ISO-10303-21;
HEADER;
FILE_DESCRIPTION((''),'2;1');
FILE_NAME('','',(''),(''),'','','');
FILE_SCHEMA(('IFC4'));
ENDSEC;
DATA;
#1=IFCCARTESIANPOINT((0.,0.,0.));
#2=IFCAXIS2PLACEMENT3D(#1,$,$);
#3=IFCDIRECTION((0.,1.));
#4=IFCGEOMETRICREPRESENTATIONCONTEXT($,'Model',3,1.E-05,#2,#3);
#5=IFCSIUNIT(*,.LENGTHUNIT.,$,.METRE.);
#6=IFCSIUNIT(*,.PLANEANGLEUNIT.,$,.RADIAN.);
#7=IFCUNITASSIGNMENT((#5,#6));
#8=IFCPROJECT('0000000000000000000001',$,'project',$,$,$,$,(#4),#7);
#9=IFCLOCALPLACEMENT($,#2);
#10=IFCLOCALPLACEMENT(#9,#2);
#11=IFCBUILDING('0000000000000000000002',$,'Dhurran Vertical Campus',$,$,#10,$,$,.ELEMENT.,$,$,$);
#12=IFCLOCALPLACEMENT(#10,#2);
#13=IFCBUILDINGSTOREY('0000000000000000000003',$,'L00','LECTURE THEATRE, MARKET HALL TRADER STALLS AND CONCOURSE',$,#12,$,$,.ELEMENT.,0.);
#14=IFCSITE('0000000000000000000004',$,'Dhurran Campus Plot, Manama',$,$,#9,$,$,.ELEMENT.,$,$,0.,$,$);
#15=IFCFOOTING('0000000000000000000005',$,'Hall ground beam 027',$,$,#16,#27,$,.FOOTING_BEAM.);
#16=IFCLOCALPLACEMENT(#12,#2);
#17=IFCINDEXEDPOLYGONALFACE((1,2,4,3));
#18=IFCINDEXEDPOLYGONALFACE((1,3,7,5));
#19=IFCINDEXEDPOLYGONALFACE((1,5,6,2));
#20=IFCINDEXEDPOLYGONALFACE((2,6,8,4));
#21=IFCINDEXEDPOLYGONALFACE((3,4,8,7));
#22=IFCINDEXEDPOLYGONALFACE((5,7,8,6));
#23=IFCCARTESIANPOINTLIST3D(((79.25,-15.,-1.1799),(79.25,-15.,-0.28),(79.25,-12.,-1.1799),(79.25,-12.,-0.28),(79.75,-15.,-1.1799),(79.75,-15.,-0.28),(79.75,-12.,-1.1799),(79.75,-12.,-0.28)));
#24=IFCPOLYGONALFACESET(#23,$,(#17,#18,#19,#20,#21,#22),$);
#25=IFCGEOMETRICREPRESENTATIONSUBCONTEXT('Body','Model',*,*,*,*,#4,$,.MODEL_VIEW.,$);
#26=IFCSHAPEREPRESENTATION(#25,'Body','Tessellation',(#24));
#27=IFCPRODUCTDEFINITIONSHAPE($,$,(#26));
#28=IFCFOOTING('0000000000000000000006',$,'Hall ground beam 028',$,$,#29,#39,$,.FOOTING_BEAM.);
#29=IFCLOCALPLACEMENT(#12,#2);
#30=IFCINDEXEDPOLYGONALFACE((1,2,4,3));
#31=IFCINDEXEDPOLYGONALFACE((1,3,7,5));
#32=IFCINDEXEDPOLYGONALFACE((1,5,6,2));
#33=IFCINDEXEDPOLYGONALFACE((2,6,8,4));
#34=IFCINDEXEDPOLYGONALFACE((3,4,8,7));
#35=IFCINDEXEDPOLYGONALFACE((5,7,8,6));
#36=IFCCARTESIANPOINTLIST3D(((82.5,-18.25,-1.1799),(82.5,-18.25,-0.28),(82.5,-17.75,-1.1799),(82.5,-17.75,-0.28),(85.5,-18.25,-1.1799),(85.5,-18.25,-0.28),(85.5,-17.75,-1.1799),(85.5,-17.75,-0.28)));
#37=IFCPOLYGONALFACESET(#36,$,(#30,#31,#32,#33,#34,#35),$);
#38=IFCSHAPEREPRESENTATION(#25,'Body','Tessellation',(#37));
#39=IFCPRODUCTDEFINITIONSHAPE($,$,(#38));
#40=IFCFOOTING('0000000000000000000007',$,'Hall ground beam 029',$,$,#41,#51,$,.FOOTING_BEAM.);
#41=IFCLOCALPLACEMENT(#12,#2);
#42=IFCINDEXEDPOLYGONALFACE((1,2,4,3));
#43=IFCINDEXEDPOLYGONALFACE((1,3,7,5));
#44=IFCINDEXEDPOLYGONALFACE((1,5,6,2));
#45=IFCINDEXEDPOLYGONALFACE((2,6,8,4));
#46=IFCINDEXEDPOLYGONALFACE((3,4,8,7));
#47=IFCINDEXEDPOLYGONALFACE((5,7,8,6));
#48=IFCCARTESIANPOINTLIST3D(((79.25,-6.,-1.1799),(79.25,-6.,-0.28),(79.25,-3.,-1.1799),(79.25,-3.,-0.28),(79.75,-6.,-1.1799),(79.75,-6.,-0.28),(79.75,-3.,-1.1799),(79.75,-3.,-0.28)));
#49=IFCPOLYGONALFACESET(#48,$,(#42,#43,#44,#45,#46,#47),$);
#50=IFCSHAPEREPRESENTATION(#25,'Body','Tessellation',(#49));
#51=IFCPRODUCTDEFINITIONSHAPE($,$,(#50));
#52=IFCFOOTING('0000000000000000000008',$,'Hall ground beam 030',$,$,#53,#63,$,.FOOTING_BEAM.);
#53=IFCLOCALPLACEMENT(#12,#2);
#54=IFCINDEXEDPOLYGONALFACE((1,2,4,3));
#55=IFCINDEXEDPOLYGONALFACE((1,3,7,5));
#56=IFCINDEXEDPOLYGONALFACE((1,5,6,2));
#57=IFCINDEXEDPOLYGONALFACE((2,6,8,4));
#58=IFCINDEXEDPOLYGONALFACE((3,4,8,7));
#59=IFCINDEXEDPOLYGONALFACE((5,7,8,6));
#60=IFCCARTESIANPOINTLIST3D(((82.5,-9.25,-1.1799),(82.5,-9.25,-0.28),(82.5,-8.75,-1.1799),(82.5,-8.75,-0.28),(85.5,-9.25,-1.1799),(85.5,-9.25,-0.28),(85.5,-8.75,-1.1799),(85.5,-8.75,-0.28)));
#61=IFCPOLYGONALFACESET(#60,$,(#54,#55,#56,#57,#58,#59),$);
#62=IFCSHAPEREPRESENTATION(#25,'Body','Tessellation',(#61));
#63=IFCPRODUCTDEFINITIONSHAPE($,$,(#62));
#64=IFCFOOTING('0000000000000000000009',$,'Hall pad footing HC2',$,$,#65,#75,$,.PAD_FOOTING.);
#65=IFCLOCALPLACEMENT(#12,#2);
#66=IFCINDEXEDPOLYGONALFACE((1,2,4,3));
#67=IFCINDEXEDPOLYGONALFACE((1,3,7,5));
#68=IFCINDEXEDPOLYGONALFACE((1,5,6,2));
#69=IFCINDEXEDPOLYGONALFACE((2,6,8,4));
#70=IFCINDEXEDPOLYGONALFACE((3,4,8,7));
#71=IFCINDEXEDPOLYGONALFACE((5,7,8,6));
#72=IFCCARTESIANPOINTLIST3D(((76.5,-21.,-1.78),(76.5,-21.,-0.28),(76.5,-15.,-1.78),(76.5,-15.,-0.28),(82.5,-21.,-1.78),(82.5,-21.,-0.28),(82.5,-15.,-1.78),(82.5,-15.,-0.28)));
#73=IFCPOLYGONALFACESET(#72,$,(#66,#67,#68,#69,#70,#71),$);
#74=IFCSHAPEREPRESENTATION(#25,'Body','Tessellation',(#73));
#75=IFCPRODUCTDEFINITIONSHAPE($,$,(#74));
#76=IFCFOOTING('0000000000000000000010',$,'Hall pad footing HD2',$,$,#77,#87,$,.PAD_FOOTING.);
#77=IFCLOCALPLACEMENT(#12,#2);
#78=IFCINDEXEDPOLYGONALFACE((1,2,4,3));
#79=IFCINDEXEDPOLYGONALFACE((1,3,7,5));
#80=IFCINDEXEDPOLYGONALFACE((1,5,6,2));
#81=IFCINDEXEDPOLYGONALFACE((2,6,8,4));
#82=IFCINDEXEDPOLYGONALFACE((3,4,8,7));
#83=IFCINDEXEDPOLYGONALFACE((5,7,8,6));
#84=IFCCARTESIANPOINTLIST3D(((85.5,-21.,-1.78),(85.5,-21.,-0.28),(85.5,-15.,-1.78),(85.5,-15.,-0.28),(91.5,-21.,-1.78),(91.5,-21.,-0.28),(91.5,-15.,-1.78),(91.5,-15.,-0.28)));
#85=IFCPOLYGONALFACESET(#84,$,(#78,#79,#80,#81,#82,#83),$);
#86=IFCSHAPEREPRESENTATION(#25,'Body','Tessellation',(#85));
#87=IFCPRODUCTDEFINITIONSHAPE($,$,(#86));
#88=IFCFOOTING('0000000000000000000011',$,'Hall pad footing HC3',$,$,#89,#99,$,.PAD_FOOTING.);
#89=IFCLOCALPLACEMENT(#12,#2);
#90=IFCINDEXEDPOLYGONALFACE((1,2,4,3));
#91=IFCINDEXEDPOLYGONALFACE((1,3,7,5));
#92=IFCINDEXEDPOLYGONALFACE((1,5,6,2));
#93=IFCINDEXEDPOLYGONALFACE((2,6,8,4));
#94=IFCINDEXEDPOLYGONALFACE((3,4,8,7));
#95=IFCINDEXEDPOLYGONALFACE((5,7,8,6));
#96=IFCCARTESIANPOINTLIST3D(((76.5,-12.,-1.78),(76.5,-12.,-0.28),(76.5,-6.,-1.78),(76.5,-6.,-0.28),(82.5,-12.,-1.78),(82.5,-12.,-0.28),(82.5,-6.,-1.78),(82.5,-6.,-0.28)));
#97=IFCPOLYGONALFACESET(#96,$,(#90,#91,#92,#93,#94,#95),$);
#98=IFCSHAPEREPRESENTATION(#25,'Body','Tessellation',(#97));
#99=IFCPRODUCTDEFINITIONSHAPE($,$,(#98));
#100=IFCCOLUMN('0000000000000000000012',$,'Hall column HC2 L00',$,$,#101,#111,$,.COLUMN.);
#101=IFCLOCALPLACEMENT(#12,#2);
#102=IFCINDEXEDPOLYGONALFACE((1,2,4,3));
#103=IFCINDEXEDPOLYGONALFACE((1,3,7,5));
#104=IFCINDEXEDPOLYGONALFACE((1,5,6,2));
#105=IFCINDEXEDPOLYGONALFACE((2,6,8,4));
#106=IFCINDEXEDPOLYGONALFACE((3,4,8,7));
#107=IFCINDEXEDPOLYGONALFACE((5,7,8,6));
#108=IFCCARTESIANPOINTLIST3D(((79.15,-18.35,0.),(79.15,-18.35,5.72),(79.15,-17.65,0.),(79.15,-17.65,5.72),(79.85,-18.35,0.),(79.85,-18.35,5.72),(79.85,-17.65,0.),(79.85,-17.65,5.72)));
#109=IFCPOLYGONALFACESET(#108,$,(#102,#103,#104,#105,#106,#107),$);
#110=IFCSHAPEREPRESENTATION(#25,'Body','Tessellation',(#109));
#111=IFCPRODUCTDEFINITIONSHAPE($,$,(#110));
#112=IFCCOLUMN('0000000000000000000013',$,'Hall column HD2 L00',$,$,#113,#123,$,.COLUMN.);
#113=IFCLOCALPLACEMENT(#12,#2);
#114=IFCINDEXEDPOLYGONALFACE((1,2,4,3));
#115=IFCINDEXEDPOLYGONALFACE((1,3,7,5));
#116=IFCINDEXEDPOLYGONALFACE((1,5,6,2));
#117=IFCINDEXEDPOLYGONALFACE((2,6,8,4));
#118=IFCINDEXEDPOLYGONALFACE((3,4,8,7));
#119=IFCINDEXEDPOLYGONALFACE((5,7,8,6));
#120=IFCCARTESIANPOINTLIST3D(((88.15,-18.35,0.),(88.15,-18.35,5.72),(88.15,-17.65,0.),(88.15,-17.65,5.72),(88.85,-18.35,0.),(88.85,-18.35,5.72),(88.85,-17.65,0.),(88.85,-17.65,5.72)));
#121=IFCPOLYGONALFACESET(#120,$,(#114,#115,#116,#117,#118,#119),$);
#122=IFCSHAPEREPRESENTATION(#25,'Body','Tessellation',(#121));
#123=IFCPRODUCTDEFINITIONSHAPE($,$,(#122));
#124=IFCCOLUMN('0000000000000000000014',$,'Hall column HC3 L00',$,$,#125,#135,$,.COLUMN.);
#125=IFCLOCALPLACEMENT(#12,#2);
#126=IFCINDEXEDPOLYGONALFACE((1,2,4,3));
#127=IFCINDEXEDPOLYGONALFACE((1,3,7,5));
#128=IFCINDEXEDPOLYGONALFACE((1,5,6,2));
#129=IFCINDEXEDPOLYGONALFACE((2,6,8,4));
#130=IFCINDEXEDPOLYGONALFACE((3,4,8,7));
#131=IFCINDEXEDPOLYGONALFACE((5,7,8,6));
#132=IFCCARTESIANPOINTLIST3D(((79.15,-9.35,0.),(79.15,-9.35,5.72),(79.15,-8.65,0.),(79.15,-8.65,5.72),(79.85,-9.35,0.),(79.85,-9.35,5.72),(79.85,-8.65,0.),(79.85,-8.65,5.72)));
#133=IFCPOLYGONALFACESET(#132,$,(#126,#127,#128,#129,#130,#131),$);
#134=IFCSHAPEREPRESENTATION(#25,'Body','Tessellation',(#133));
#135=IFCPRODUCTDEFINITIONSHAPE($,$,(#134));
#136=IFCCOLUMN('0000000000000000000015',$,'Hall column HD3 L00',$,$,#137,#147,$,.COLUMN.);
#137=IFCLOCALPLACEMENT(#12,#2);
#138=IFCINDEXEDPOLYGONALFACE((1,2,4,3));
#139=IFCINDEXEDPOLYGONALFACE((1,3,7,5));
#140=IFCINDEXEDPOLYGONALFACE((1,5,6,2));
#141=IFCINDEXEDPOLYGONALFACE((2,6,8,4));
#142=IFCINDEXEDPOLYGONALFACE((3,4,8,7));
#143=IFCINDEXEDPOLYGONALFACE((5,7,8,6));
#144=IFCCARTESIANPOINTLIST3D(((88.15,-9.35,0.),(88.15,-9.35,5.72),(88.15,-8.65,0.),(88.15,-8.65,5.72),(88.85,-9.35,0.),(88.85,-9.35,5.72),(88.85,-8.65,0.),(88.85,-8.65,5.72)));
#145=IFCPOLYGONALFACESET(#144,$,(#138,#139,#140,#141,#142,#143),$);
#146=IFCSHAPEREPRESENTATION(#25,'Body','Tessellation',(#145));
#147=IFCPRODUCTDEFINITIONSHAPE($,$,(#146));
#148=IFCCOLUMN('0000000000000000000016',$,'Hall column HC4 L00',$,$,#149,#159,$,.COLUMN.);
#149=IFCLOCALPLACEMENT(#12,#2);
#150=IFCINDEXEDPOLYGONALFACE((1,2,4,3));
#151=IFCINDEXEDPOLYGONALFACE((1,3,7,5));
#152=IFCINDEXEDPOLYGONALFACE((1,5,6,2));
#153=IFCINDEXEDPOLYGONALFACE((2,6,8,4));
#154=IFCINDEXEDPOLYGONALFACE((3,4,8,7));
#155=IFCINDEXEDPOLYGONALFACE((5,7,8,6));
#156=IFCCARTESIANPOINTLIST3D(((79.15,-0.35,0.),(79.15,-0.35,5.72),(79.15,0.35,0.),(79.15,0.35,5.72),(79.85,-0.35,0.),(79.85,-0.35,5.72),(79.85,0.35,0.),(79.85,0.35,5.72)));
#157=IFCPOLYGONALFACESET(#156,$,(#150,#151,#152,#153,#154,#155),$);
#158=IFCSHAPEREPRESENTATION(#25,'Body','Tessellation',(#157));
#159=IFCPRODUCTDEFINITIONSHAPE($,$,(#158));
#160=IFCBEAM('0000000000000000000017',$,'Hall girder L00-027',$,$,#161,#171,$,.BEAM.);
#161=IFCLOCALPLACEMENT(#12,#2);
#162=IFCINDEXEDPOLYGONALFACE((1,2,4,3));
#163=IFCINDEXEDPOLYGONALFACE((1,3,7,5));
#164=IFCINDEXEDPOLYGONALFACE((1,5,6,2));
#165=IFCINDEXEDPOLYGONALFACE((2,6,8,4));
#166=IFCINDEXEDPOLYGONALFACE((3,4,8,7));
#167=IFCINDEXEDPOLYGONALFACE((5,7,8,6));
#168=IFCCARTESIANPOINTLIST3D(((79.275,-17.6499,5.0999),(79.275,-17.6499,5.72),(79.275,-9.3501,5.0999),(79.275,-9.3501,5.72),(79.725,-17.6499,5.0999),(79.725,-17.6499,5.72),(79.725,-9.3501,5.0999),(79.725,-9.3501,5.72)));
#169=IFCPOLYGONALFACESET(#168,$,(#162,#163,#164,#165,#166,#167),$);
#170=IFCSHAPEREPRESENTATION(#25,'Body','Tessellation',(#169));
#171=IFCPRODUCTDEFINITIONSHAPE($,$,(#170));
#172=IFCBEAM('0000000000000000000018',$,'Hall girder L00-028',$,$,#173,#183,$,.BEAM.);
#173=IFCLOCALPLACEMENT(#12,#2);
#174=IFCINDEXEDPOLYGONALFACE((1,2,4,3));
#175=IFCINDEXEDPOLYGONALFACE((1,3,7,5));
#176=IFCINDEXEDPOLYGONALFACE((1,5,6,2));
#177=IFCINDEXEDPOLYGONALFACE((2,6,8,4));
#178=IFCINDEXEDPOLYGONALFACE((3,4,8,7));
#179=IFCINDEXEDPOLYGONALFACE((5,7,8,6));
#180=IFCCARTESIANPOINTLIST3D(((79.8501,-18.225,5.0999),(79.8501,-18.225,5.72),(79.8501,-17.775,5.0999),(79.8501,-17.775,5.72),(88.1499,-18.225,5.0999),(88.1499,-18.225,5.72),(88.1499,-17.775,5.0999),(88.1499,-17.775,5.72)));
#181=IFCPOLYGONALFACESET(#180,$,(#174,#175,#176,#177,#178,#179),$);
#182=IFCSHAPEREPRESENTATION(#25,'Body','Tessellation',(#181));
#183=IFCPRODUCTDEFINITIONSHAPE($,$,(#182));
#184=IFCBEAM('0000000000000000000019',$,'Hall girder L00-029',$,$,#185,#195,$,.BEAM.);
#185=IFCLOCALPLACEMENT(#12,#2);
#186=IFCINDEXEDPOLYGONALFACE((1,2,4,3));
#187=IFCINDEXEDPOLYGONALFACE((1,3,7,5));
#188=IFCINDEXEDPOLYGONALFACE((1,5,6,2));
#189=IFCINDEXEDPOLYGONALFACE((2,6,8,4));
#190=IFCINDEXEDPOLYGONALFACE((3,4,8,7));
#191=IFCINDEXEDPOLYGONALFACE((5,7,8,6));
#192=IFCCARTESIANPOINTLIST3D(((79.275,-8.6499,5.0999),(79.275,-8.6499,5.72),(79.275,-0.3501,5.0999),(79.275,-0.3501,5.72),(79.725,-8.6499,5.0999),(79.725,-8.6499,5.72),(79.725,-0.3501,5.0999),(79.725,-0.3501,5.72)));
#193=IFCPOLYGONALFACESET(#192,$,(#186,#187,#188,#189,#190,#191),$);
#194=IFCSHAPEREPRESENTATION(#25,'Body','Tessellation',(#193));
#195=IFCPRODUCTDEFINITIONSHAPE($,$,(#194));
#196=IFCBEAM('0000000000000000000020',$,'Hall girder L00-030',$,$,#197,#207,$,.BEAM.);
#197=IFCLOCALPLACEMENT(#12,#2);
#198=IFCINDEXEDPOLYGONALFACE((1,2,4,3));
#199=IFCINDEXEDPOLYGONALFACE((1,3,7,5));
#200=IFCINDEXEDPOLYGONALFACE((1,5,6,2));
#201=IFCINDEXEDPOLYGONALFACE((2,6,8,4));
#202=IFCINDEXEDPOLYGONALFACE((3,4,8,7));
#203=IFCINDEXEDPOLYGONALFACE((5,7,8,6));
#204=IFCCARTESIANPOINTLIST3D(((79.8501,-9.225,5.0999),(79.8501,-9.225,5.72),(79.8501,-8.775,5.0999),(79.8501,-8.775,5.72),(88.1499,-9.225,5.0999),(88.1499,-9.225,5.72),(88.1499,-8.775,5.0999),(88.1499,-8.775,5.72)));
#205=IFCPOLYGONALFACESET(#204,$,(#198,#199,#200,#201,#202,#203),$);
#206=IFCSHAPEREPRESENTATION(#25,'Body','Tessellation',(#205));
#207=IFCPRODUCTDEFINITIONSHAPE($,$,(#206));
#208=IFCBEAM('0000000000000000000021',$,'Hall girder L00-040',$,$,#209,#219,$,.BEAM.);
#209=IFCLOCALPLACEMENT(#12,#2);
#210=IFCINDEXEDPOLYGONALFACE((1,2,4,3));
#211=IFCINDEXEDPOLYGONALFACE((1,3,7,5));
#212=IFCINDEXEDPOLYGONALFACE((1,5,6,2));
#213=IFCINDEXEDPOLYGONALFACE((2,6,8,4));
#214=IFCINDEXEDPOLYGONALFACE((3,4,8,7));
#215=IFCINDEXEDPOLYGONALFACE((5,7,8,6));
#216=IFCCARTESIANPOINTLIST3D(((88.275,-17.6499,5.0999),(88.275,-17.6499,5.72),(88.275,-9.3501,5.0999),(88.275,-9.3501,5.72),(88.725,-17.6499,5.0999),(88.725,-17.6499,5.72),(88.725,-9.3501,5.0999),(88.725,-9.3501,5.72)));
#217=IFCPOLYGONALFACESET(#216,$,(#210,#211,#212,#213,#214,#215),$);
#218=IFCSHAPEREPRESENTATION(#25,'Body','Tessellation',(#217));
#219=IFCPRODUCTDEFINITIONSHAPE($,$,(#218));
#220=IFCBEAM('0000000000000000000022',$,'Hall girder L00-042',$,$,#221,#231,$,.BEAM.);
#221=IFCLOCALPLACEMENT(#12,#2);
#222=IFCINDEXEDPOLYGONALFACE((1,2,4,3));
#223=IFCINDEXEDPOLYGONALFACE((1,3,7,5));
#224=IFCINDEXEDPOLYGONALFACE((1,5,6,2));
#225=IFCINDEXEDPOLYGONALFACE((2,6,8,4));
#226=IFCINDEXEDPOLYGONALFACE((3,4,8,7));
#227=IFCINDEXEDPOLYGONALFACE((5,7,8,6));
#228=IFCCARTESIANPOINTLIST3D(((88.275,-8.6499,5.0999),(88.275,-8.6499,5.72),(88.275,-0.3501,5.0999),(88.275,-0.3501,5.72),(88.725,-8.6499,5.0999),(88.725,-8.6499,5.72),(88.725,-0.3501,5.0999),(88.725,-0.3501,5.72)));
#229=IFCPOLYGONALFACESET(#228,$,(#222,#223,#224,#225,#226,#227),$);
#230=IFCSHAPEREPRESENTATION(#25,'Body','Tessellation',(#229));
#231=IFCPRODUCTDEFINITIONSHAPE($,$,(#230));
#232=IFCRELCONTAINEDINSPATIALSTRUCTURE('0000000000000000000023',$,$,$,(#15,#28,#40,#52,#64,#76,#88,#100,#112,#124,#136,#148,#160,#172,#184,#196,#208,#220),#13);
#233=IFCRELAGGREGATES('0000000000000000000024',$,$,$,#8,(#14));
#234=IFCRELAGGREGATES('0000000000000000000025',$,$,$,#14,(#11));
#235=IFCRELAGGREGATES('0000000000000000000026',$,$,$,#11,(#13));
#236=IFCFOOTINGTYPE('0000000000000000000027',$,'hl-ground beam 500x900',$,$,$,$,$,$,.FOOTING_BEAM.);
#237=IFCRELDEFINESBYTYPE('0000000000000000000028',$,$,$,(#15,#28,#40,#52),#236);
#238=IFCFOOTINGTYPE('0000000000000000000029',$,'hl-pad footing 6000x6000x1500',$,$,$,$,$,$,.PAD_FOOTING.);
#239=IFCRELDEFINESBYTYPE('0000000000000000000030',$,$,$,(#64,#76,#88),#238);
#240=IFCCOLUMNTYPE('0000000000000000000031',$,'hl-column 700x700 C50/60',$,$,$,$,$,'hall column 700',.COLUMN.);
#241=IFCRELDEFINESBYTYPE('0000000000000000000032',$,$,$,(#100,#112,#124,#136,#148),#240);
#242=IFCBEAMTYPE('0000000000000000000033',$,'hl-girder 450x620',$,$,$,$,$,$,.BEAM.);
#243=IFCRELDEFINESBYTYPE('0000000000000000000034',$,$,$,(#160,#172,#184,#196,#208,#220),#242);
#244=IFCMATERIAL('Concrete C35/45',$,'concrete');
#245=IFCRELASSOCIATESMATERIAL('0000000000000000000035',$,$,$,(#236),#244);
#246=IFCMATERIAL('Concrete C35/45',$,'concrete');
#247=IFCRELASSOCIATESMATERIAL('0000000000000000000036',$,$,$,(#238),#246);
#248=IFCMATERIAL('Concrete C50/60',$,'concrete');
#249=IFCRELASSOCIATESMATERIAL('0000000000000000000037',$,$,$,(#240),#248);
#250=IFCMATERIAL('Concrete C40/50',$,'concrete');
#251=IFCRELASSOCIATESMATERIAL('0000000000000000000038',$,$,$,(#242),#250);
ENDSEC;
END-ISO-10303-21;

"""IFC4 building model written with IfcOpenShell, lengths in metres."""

from ifc_helpers import new_model, si_unit, direction, frame, origin, origin_2d, place, context, subcontext, project, spatial, rectangle, extrude, material, material_profile, profile_set, type_object, element, save


model = new_model("IFC4")

# Units and contexts
model_context = context("Model", 3, precision=1e-05, world=origin(), true_north=direction((0.0, 1.0)))
body_context = subcontext(model_context, "Body", "Model", "MODEL_VIEW")
ifc_project = project(units=[si_unit("LENGTHUNIT", "METRE"), si_unit("PLANEANGLEUNIT", "RADIAN")], contexts=[model_context])

# Site, building, storey
site_placement = place(None, origin())
site = spatial("IfcSite", under=ifc_project, at=site_placement, Name="Dhurran Campus Plot, Manama", CompositionType="ELEMENT", RefElevation=0.0)
building_placement = place(site_placement, origin())
building = spatial("IfcBuilding", under=site, at=building_placement, Name="Dhurran Vertical Campus", CompositionType="ELEMENT")
storey_placement = place(building_placement, origin())
storey = spatial("IfcBuildingStorey", under=building, at=storey_placement, Name="L00", Description="LECTURE THEATRE, MARKET HALL TRADER STALLS AND CONCOURSE", CompositionType="ELEMENT", Elevation=0.0)

# Footings
ifc_material_1 = material(Name="Concrete C35/45", Category="concrete")
ifc_material_profile_1 = material_profile(ifc_material_1, rectangle(XDim=0.5, YDim=0.8999, at=origin_2d()), Name="hl-ground beam 500x900")
ifc_profile_set_1 = profile_set([ifc_material_profile_1], Name="Concrete C35/45")
footing_type_1 = type_object("IfcFootingType", Name="hl-ground beam 500x900", PredefinedType="FOOTING_BEAM", material=ifc_profile_set_1)
for number, where, z_axis, x_axis, name in (
    (1, (79.5, -15.0, -0.73), (0.0, 1.0, 0.0), (-1.0, 0.0, 0.0), "Hall ground beam 027"),
    (2, (82.5, -18.0, -0.73), (1.0, 0.0, 0.0), (0.0, 1.0, 0.0), "Hall ground beam 028"),
    (3, (79.5, -6.0, -0.73), (0.0, 1.0, 0.0), (-1.0, 0.0, 0.0), "Hall ground beam 029"),
    (4, (82.5, -9.0, -0.73), (1.0, 0.0, 0.0), (0.0, 1.0, 0.0), "Hall ground beam 030"),
):
    element("IfcFooting", number, at=place(storey_placement, frame(where, z_axis=z_axis, x_axis=x_axis)), inside=storey, type_object=footing_type_1, Name=name, PredefinedType="FOOTING_BEAM", context=body_context, shape_type="SweptSolid", body=[
        extrude(rectangle(XDim=0.5, YDim=0.8999, at=origin_2d()), origin(), (0.0, 0.0, 1.0), 3.0),
    ])
ifc_material_2 = material(Name="Concrete C35/45", Category="concrete")
footing_type_2 = type_object("IfcFootingType", Name="hl-pad footing 6000x6000x1500", PredefinedType="PAD_FOOTING", material=ifc_material_2)
for number, where, z_axis, x_axis, name in (
    (5, (79.5, -18.0, -1.78), (0.0, 0.0, 1.0), (1.0, 0.0, 0.0), "Hall pad footing HC2"),
    (6, (88.5, -18.0, -1.78), (0.0, 0.0, 1.0), (1.0, 0.0, 0.0), "Hall pad footing HD2"),
    (7, (79.5, -9.0, -1.78), (0.0, 0.0, 1.0), (1.0, 0.0, 0.0), "Hall pad footing HC3"),
):
    element("IfcFooting", number, at=place(storey_placement, frame(where, z_axis=z_axis, x_axis=x_axis)), inside=storey, type_object=footing_type_2, Name=name, PredefinedType="PAD_FOOTING", context=body_context, shape_type="SweptSolid", body=[
        extrude(rectangle(XDim=6.0, YDim=6.0, at=origin_2d()), origin(), (0.0, 0.0, 1.0), 1.5),
    ])

# Columns
ifc_material_3 = material(Name="Concrete C50/60", Category="concrete")
ifc_material_profile_2 = material_profile(ifc_material_3, rectangle(XDim=0.7, YDim=0.7, at=origin_2d()), Name="hl-column 700x700 C50/60")
ifc_profile_set_2 = profile_set([ifc_material_profile_2], Name="Concrete C50/60")
column_type = type_object("IfcColumnType", Name="hl-column 700x700 C50/60", ElementType="hall column 700", PredefinedType="COLUMN", material=ifc_profile_set_2)
for number, where, z_axis, x_axis, name in (
    (8, (79.5, -18.0, 0.0), (0.0, 0.0, 1.0), (1.0, 0.0, 0.0), "Hall column HC2 L00"),
    (9, (88.5, -18.0, 0.0), (0.0, 0.0, 1.0), (1.0, 0.0, 0.0), "Hall column HD2 L00"),
    (10, (79.5, -9.0, 0.0), (0.0, 0.0, 1.0), (1.0, 0.0, 0.0), "Hall column HC3 L00"),
    (11, (88.5, -9.0, 0.0), (0.0, 0.0, 1.0), (1.0, 0.0, 0.0), "Hall column HD3 L00"),
    (12, (79.5, 0.0, 0.0), (0.0, 0.0, 1.0), (1.0, 0.0, 0.0), "Hall column HC4 L00"),
):
    element("IfcColumn", number, at=place(storey_placement, frame(where, z_axis=z_axis, x_axis=x_axis)), inside=storey, type_object=column_type, Name=name, PredefinedType="COLUMN", context=body_context, shape_type="SweptSolid", body=[
        extrude(rectangle(XDim=0.7, YDim=0.7, at=origin_2d()), origin(), (0.0, 0.0, 1.0), 5.72),
    ])

# Beams
ifc_material_4 = material(Name="Concrete C40/50", Category="concrete")
ifc_material_profile_3 = material_profile(ifc_material_4, rectangle(XDim=0.45, YDim=0.6201, at=origin_2d()), Name="hl-girder 450x620")
ifc_profile_set_3 = profile_set([ifc_material_profile_3], Name="Concrete C40/50")
beam_type = type_object("IfcBeamType", Name="hl-girder 450x620", PredefinedType="BEAM", material=ifc_profile_set_3)
for number, where, z_axis, x_axis, name in (
    (13, (79.5, -17.6499, 5.4099), (0.0, 1.0, 0.0), (-1.0, 0.0, 0.0), "Hall girder L00-027"),
    (14, (79.8501, -18.0, 5.4099), (1.0, 0.0, 0.0), (0.0, 1.0, 0.0), "Hall girder L00-028"),
    (15, (79.5, -8.6499, 5.4099), (0.0, 1.0, 0.0), (-1.0, 0.0, 0.0), "Hall girder L00-029"),
    (16, (79.8501, -9.0, 5.4099), (1.0, 0.0, 0.0), (0.0, 1.0, 0.0), "Hall girder L00-030"),
    (17, (88.5, -17.6499, 5.4099), (0.0, 1.0, 0.0), (-1.0, 0.0, 0.0), "Hall girder L00-040"),
    (18, (88.5, -8.6499, 5.4099), (0.0, 1.0, 0.0), (-1.0, 0.0, 0.0), "Hall girder L00-042"),
):
    element("IfcBeam", number, at=place(storey_placement, frame(where, z_axis=z_axis, x_axis=x_axis)), inside=storey, type_object=beam_type, Name=name, PredefinedType="BEAM", context=body_context, shape_type="SweptSolid", body=[
        extrude(rectangle(XDim=0.45, YDim=0.6201, at=origin_2d()), origin(), (0.0, 0.0, 1.0), 8.2998),
    ])

save(model, "model.ifc")
